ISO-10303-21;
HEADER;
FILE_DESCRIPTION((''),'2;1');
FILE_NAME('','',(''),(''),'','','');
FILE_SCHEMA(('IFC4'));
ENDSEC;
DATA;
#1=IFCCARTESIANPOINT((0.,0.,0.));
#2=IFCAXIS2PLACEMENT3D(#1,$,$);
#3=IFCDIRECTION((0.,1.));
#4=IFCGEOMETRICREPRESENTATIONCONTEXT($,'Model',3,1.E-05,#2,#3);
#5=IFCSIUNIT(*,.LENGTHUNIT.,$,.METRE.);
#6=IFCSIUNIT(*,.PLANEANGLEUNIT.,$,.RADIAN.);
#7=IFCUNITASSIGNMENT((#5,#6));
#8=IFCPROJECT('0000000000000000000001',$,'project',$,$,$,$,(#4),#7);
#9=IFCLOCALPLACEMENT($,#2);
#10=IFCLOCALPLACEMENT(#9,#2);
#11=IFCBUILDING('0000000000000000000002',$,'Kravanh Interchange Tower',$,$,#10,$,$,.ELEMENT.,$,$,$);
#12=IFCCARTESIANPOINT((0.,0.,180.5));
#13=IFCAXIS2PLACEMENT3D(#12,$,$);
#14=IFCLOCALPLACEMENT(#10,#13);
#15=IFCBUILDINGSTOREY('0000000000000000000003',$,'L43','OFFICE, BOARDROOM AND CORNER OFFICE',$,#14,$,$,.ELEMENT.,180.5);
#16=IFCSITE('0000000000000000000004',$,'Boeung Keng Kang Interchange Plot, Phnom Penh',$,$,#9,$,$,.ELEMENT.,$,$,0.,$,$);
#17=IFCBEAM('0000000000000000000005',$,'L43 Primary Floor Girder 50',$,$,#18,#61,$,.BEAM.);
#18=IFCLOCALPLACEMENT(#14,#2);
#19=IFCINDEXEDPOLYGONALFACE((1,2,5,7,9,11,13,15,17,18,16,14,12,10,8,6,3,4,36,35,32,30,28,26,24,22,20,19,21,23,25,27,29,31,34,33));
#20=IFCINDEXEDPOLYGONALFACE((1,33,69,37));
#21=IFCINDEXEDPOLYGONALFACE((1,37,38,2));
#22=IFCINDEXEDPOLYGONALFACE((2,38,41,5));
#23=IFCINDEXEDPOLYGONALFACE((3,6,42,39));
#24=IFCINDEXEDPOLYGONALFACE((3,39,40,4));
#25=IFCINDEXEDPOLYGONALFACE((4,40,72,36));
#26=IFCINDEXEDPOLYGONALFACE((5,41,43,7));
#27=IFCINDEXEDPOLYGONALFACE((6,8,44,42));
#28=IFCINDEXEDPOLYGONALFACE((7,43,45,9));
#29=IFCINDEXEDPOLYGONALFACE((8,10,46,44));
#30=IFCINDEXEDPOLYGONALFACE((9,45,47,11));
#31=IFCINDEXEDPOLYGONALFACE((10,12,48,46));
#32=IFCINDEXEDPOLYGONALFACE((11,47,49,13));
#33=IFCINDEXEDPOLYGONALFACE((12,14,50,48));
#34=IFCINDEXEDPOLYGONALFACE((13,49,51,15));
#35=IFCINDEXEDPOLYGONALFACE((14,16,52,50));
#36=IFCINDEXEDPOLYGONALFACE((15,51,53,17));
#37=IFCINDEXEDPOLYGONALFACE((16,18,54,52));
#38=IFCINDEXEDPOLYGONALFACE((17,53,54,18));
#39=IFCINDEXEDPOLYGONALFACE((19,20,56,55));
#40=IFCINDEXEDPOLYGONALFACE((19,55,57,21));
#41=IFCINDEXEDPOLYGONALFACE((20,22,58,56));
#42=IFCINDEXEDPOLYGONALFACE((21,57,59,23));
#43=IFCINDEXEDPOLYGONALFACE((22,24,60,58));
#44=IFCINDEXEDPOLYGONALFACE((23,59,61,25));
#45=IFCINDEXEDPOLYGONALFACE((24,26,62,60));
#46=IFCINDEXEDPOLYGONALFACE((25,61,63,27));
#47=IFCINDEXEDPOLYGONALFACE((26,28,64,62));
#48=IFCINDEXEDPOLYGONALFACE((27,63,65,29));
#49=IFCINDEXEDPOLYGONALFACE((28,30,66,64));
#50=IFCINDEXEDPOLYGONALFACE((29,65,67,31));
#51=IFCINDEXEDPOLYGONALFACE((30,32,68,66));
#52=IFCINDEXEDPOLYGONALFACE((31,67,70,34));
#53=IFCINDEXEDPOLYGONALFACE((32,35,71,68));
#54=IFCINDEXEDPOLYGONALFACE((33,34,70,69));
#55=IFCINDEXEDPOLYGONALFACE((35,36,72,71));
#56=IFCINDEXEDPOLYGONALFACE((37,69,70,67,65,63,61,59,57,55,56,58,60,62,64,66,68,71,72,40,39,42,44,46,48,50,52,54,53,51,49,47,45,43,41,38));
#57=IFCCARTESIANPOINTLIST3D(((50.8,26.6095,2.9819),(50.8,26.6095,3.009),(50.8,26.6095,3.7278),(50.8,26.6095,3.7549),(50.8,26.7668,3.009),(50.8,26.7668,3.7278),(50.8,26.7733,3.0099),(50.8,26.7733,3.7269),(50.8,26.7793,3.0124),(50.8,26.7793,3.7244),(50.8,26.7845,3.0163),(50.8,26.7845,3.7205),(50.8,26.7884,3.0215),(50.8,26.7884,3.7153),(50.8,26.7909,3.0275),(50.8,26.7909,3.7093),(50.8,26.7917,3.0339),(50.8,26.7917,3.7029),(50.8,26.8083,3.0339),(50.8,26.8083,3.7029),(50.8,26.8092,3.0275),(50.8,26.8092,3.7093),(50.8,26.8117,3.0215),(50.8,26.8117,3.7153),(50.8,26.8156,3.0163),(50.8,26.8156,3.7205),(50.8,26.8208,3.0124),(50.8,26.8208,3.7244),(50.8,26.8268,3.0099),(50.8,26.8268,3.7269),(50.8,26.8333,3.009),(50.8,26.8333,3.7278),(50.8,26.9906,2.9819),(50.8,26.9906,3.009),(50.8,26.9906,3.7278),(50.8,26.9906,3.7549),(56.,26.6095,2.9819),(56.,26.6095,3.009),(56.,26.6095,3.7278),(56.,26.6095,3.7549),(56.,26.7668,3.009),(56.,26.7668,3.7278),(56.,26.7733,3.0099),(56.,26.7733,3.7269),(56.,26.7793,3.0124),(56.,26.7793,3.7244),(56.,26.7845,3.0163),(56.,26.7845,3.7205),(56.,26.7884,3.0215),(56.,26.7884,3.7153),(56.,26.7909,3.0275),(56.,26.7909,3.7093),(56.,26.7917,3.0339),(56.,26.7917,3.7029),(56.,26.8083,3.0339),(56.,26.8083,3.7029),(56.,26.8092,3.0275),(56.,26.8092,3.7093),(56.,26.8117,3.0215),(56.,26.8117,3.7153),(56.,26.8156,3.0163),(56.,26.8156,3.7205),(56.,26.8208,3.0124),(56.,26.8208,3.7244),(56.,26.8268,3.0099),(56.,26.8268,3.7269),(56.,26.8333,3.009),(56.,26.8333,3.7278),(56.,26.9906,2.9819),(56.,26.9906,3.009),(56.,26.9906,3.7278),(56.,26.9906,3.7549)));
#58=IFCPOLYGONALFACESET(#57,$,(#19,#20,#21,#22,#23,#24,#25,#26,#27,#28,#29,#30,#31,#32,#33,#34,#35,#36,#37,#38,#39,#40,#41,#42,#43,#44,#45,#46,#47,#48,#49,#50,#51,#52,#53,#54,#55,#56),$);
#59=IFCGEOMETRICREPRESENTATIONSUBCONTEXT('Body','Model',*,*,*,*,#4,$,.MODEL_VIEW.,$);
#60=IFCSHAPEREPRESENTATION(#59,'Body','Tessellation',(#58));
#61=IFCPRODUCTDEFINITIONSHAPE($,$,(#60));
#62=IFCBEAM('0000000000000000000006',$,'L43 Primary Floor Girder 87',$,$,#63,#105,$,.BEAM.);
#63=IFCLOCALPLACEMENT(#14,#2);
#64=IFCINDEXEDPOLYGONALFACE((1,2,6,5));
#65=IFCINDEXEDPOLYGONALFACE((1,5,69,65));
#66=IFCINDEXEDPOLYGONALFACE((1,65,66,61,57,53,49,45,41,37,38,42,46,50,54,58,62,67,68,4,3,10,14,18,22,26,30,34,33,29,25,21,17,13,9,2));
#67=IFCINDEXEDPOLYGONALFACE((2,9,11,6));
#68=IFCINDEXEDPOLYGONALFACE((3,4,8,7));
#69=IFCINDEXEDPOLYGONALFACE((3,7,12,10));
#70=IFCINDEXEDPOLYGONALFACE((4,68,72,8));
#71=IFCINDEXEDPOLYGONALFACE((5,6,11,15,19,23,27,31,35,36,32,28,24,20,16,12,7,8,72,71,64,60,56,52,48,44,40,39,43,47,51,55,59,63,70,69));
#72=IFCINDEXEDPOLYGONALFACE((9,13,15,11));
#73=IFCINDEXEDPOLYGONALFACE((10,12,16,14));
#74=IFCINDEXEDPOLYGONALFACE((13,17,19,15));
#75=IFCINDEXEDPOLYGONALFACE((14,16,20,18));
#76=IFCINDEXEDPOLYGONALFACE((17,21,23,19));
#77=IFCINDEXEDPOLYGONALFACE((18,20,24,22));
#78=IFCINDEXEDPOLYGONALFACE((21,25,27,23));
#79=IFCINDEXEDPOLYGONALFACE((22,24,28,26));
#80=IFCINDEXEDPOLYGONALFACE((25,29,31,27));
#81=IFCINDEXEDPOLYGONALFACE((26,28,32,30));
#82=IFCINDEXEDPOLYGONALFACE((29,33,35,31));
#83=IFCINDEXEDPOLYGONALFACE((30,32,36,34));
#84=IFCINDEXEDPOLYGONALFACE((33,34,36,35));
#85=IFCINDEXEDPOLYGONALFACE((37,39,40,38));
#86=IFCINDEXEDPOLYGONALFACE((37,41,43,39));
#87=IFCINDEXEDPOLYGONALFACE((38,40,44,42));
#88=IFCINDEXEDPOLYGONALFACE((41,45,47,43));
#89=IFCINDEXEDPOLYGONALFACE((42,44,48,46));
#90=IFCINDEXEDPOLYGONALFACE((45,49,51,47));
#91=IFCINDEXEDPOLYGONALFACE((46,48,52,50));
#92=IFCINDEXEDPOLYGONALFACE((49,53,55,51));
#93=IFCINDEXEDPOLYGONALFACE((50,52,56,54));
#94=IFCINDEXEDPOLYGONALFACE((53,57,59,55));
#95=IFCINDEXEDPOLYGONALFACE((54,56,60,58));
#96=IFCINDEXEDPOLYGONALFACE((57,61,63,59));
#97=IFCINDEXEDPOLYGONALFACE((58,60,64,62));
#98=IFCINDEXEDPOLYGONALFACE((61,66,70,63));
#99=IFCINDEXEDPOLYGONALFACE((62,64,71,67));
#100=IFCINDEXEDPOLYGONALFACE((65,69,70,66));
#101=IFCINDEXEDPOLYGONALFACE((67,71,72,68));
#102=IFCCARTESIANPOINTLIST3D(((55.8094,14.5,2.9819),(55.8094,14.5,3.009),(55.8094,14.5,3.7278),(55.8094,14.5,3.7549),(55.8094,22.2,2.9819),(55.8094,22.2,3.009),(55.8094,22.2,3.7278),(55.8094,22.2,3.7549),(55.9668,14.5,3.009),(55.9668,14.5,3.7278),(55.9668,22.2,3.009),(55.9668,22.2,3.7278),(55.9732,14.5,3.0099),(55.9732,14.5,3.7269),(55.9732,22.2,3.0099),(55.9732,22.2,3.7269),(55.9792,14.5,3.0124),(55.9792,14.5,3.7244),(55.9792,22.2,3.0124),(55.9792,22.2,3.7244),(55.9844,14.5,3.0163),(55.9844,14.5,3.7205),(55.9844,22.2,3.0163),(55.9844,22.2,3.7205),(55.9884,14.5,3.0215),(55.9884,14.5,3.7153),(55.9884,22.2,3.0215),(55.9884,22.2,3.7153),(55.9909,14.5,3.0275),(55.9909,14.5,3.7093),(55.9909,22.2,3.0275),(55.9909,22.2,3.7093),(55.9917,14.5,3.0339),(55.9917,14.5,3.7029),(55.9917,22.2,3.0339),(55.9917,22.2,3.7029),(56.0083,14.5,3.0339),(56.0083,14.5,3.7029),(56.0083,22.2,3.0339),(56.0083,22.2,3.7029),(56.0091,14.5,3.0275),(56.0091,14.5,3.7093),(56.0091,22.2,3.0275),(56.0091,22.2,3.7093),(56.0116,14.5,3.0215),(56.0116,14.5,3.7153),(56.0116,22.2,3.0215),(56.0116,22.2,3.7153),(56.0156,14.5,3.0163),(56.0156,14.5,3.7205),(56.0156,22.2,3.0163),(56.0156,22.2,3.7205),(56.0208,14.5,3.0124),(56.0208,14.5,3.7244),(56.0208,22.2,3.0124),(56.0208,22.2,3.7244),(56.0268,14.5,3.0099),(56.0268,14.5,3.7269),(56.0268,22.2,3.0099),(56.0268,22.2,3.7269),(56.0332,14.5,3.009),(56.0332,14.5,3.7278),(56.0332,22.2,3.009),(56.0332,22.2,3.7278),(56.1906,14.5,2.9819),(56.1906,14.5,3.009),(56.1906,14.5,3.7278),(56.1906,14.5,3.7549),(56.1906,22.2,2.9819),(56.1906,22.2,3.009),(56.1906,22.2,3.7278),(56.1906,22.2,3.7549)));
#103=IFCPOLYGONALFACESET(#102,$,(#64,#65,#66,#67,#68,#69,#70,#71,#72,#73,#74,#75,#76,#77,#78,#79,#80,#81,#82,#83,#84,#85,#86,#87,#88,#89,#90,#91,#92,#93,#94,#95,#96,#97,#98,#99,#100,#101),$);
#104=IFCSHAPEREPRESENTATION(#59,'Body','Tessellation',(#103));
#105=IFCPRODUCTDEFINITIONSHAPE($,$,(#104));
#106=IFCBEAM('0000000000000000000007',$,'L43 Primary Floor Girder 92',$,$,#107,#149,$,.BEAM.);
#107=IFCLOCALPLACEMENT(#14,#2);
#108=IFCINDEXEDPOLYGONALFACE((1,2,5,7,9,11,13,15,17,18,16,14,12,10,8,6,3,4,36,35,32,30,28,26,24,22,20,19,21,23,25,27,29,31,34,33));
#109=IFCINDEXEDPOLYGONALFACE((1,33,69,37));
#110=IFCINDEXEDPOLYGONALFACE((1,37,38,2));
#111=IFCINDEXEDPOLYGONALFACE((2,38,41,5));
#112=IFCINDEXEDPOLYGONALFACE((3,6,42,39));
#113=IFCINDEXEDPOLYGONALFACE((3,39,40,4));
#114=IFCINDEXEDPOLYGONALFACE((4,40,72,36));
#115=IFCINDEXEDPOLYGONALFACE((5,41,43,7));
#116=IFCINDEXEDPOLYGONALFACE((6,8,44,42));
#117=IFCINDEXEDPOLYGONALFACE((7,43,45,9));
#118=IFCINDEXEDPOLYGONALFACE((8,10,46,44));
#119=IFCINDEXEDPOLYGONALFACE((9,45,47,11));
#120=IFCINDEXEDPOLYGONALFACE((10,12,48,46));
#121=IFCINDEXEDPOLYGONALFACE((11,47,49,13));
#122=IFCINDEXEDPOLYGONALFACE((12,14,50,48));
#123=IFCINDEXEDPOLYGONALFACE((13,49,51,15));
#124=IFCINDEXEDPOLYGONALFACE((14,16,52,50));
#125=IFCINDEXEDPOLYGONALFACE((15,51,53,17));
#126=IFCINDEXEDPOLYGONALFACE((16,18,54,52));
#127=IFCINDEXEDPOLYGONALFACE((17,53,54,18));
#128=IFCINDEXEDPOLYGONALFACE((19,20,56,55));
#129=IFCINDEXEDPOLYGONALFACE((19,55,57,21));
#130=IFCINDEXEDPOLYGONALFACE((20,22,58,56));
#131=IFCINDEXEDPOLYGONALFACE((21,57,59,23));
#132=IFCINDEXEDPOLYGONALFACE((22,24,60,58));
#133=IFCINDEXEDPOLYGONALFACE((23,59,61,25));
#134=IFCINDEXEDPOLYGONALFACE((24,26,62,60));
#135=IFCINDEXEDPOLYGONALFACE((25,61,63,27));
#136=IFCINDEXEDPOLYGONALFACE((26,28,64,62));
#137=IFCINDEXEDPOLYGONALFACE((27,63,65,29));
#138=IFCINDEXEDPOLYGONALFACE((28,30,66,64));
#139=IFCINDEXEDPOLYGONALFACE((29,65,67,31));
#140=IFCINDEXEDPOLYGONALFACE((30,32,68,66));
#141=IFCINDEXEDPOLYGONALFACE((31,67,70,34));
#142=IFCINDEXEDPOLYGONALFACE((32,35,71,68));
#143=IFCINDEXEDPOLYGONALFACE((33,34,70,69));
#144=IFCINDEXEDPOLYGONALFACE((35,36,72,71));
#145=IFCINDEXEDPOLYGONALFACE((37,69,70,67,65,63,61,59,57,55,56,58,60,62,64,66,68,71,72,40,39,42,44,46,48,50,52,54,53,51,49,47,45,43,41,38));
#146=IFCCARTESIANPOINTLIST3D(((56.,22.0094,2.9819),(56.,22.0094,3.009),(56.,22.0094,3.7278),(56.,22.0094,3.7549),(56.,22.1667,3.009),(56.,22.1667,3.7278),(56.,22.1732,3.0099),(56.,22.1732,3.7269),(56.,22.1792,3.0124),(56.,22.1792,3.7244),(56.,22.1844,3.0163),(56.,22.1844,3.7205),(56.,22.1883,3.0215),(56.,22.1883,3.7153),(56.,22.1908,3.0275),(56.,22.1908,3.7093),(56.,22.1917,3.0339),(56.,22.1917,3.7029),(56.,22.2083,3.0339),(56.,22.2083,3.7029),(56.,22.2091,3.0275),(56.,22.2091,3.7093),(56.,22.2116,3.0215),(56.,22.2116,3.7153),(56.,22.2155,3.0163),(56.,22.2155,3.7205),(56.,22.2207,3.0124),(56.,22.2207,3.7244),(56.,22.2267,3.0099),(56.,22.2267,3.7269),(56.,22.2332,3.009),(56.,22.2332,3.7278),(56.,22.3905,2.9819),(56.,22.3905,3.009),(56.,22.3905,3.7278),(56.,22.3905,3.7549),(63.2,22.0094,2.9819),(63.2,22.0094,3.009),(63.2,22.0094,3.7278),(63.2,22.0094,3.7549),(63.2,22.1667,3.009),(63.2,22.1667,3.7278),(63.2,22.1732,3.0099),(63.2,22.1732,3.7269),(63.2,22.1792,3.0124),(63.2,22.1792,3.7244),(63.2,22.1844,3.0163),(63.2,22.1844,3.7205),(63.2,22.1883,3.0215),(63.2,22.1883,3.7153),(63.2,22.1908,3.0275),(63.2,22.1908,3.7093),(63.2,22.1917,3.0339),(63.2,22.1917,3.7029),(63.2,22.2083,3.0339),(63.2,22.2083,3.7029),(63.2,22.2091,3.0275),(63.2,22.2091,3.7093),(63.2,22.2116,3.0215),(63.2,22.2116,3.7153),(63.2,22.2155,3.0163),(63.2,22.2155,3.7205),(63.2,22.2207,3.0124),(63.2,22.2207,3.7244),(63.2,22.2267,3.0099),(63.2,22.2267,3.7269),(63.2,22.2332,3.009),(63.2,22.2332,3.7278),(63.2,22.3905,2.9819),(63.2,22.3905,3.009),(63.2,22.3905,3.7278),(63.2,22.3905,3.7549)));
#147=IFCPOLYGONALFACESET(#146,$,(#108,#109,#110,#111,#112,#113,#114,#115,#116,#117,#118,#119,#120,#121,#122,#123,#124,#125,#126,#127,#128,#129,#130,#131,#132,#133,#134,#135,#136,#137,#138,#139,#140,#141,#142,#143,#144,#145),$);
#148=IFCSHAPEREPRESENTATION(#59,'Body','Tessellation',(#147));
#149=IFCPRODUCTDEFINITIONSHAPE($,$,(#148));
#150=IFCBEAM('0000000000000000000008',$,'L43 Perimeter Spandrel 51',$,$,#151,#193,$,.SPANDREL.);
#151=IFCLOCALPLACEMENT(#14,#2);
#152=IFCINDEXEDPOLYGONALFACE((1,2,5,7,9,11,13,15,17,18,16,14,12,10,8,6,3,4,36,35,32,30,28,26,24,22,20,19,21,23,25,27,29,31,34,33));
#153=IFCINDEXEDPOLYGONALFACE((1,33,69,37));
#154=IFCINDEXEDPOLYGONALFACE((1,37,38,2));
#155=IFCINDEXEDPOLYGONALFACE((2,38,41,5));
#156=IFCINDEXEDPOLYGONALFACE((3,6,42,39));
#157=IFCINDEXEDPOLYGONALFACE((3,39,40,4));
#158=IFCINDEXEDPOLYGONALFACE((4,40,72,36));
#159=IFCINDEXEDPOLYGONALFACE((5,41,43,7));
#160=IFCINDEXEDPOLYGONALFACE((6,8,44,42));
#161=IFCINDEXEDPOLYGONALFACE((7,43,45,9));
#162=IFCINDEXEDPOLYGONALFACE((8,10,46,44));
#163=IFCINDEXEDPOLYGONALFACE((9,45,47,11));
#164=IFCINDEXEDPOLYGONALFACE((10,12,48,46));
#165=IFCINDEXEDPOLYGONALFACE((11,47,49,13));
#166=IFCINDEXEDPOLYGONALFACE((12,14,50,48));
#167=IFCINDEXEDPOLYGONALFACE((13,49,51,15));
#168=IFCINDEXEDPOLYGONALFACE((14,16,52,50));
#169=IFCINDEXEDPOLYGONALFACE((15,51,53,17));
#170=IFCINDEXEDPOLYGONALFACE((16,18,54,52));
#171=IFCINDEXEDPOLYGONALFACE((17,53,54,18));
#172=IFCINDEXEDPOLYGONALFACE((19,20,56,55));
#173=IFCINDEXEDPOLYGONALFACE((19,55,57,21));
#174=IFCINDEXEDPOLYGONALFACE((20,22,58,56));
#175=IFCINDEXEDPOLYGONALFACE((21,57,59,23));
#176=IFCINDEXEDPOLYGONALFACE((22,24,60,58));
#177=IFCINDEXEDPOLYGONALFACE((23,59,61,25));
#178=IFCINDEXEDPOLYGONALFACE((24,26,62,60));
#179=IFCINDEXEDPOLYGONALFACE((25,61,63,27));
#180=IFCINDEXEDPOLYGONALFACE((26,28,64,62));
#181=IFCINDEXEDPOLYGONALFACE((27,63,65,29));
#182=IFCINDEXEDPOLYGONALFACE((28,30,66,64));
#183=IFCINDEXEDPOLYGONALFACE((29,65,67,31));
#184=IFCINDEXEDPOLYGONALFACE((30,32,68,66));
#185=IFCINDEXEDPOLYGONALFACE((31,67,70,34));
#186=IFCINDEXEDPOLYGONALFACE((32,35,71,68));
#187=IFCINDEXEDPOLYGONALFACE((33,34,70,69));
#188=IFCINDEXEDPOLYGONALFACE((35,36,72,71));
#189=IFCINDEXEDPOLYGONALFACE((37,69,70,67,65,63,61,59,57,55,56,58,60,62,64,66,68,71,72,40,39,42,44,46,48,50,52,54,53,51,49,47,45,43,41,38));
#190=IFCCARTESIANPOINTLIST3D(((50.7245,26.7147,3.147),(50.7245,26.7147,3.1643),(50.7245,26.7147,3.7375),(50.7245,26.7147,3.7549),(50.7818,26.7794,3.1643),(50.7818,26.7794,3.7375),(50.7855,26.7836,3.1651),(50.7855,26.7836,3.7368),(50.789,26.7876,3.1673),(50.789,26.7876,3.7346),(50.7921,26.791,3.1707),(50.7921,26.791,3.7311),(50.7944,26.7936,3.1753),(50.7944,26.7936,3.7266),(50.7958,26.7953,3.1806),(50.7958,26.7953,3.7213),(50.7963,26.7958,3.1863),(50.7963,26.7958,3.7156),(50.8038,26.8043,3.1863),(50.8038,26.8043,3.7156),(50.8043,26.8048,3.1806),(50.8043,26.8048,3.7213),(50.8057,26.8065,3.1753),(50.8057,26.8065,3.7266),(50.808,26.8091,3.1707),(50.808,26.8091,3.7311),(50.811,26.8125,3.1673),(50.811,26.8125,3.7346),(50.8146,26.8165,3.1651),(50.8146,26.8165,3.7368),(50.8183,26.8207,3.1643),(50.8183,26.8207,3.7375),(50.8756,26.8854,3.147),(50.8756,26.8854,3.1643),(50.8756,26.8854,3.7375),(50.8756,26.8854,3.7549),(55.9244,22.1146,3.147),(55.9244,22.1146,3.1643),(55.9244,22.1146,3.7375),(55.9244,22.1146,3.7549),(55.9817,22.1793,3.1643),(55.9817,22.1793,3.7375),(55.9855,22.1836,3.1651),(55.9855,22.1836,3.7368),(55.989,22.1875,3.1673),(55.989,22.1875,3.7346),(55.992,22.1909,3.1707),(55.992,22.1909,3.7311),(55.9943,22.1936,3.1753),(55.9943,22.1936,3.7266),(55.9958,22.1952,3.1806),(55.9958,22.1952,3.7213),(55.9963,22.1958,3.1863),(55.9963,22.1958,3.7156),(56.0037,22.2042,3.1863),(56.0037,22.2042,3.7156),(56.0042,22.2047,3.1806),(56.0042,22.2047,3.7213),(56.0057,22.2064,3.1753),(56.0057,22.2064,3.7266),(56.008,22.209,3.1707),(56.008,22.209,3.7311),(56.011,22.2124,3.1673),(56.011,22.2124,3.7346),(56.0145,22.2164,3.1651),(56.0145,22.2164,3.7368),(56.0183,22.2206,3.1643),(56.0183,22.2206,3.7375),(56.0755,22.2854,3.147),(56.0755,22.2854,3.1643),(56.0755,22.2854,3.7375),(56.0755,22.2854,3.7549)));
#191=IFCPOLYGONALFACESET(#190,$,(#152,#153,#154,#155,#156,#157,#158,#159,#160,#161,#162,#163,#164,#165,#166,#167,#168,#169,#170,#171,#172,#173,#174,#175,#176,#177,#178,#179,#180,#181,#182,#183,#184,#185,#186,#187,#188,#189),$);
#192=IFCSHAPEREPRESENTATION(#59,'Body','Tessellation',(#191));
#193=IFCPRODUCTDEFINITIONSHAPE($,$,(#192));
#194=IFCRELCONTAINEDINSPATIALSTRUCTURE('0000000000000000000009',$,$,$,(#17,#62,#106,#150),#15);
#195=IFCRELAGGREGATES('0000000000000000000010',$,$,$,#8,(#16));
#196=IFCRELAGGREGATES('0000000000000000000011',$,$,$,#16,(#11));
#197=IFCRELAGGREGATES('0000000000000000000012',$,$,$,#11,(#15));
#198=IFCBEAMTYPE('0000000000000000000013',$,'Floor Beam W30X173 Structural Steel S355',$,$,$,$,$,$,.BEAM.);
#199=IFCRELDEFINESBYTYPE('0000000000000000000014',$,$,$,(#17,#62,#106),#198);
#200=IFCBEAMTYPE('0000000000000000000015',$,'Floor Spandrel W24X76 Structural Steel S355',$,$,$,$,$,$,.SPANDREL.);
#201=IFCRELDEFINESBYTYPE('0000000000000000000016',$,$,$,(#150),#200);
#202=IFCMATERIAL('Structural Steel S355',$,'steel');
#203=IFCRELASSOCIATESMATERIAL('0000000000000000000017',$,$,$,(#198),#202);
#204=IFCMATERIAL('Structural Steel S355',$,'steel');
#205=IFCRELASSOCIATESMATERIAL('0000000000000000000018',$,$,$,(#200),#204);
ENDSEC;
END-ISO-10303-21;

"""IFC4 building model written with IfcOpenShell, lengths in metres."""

from ifc_helpers import new_model, si_unit, direction, frame, origin, origin_2d, place, context, subcontext, project, spatial, i_section, extrude, material, material_profile, profile_set, type_object, element, save


model = new_model("IFC4")

# Units and contexts
model_context = context("Model", 3, precision=1e-05, world=origin(), true_north=direction((0.0, 1.0)))
body_context = subcontext(model_context, "Body", "Model", "MODEL_VIEW")
ifc_project = project(units=[si_unit("LENGTHUNIT", "METRE"), si_unit("PLANEANGLEUNIT", "RADIAN")], contexts=[model_context])

# Site, building, storey
site_placement = place(None, origin())
site = spatial("IfcSite", under=ifc_project, at=site_placement, Name="Boeung Keng Kang Interchange Plot, Phnom Penh", CompositionType="ELEMENT", RefElevation=0.0)
building_placement = place(site_placement, origin())
building = spatial("IfcBuilding", under=site, at=building_placement, Name="Kravanh Interchange Tower", CompositionType="ELEMENT")
storey_placement = place(building_placement, frame((0.0, 0.0, 180.5)))
storey = spatial("IfcBuildingStorey", under=building, at=storey_placement, Name="L43", Description="OFFICE, BOARDROOM AND CORNER OFFICE", CompositionType="ELEMENT", Elevation=180.5)

# Beams
ifc_material_1 = material(Name="Structural Steel S355", Category="steel")
ifc_material_profile_1 = material_profile(ifc_material_1, i_section(OverallWidth=0.3811, OverallDepth=0.7729, WebThickness=0.0166, FlangeThickness=0.0271, FilletRadius=0.0249, at=origin_2d()), Name="W30X173")
ifc_profile_set_1 = profile_set([ifc_material_profile_1], Name="Structural Steel S355")
beam_type_1 = type_object("IfcBeamType", Name="Floor Beam W30X173 Structural Steel S355", PredefinedType="BEAM", material=ifc_profile_set_1)
beam_1_placement = place(storey_placement, frame((50.8, 26.8, 3.3684), z_axis=(1.0, 0.0, 0.0), x_axis=(0.0, 1.0, 0.0)))
element("IfcBeam", 1, at=beam_1_placement, inside=storey, type_object=beam_type_1, Name="L43 Primary Floor Girder 50", PredefinedType="BEAM", context=body_context, shape_type="SweptSolid", body=[
    extrude(i_section(OverallWidth=0.3811, OverallDepth=0.7729, WebThickness=0.0166, FlangeThickness=0.0271, FilletRadius=0.0249, at=origin_2d()), origin(), (0.0, 0.0, 1.0), 5.2),
])
beam_2_placement = place(storey_placement, frame((56.0, 14.5, 3.3684), z_axis=(0.0, 1.0, 0.0), x_axis=(-1.0, 0.0, 0.0)))
element("IfcBeam", 2, at=beam_2_placement, inside=storey, type_object=beam_type_1, Name="L43 Primary Floor Girder 87", PredefinedType="BEAM", context=body_context, shape_type="SweptSolid", body=[
    extrude(i_section(OverallWidth=0.3811, OverallDepth=0.7729, WebThickness=0.0166, FlangeThickness=0.0271, FilletRadius=0.0249, at=origin_2d()), origin(), (0.0, 0.0, 1.0), 7.7),
])
beam_3_placement = place(storey_placement, frame((56.0, 22.2, 3.3684), z_axis=(1.0, 0.0, 0.0), x_axis=(0.0, 1.0, 0.0)))
element("IfcBeam", 3, at=beam_3_placement, inside=storey, type_object=beam_type_1, Name="L43 Primary Floor Girder 92", PredefinedType="BEAM", context=body_context, shape_type="SweptSolid", body=[
    extrude(i_section(OverallWidth=0.3811, OverallDepth=0.7729, WebThickness=0.0166, FlangeThickness=0.0271, FilletRadius=0.0249, at=origin_2d()), origin(), (0.0, 0.0, 1.0), 7.2),
])
ifc_material_2 = material(Name="Structural Steel S355", Category="steel")
ifc_material_profile_2 = material_profile(ifc_material_2, i_section(OverallWidth=0.228, OverallDepth=0.6079, WebThickness=0.0112, FlangeThickness=0.0173, FilletRadius=0.022, at=origin_2d()), Name="W24X76")
ifc_profile_set_2 = profile_set([ifc_material_profile_2], Name="Structural Steel S355")
beam_type_2 = type_object("IfcBeamType", Name="Floor Spandrel W24X76 Structural Steel S355", PredefinedType="SPANDREL", material=ifc_profile_set_2)
beam_4_placement = place(storey_placement, frame((50.8, 26.8, 3.4509), z_axis=(0.748986, -0.662585, 0.0), x_axis=(0.662585, 0.748986, 0.0)))
element("IfcBeam", 4, at=beam_4_placement, inside=storey, type_object=beam_type_2, Name="L43 Perimeter Spandrel 51", PredefinedType="SPANDREL", context=body_context, shape_type="SweptSolid", body=[
    extrude(i_section(OverallWidth=0.228, OverallDepth=0.6079, WebThickness=0.0112, FlangeThickness=0.0173, FilletRadius=0.022, at=origin_2d()), origin(), (0.0, 0.0, 1.0), 6.9426),
])

save(model, "model.ifc")
